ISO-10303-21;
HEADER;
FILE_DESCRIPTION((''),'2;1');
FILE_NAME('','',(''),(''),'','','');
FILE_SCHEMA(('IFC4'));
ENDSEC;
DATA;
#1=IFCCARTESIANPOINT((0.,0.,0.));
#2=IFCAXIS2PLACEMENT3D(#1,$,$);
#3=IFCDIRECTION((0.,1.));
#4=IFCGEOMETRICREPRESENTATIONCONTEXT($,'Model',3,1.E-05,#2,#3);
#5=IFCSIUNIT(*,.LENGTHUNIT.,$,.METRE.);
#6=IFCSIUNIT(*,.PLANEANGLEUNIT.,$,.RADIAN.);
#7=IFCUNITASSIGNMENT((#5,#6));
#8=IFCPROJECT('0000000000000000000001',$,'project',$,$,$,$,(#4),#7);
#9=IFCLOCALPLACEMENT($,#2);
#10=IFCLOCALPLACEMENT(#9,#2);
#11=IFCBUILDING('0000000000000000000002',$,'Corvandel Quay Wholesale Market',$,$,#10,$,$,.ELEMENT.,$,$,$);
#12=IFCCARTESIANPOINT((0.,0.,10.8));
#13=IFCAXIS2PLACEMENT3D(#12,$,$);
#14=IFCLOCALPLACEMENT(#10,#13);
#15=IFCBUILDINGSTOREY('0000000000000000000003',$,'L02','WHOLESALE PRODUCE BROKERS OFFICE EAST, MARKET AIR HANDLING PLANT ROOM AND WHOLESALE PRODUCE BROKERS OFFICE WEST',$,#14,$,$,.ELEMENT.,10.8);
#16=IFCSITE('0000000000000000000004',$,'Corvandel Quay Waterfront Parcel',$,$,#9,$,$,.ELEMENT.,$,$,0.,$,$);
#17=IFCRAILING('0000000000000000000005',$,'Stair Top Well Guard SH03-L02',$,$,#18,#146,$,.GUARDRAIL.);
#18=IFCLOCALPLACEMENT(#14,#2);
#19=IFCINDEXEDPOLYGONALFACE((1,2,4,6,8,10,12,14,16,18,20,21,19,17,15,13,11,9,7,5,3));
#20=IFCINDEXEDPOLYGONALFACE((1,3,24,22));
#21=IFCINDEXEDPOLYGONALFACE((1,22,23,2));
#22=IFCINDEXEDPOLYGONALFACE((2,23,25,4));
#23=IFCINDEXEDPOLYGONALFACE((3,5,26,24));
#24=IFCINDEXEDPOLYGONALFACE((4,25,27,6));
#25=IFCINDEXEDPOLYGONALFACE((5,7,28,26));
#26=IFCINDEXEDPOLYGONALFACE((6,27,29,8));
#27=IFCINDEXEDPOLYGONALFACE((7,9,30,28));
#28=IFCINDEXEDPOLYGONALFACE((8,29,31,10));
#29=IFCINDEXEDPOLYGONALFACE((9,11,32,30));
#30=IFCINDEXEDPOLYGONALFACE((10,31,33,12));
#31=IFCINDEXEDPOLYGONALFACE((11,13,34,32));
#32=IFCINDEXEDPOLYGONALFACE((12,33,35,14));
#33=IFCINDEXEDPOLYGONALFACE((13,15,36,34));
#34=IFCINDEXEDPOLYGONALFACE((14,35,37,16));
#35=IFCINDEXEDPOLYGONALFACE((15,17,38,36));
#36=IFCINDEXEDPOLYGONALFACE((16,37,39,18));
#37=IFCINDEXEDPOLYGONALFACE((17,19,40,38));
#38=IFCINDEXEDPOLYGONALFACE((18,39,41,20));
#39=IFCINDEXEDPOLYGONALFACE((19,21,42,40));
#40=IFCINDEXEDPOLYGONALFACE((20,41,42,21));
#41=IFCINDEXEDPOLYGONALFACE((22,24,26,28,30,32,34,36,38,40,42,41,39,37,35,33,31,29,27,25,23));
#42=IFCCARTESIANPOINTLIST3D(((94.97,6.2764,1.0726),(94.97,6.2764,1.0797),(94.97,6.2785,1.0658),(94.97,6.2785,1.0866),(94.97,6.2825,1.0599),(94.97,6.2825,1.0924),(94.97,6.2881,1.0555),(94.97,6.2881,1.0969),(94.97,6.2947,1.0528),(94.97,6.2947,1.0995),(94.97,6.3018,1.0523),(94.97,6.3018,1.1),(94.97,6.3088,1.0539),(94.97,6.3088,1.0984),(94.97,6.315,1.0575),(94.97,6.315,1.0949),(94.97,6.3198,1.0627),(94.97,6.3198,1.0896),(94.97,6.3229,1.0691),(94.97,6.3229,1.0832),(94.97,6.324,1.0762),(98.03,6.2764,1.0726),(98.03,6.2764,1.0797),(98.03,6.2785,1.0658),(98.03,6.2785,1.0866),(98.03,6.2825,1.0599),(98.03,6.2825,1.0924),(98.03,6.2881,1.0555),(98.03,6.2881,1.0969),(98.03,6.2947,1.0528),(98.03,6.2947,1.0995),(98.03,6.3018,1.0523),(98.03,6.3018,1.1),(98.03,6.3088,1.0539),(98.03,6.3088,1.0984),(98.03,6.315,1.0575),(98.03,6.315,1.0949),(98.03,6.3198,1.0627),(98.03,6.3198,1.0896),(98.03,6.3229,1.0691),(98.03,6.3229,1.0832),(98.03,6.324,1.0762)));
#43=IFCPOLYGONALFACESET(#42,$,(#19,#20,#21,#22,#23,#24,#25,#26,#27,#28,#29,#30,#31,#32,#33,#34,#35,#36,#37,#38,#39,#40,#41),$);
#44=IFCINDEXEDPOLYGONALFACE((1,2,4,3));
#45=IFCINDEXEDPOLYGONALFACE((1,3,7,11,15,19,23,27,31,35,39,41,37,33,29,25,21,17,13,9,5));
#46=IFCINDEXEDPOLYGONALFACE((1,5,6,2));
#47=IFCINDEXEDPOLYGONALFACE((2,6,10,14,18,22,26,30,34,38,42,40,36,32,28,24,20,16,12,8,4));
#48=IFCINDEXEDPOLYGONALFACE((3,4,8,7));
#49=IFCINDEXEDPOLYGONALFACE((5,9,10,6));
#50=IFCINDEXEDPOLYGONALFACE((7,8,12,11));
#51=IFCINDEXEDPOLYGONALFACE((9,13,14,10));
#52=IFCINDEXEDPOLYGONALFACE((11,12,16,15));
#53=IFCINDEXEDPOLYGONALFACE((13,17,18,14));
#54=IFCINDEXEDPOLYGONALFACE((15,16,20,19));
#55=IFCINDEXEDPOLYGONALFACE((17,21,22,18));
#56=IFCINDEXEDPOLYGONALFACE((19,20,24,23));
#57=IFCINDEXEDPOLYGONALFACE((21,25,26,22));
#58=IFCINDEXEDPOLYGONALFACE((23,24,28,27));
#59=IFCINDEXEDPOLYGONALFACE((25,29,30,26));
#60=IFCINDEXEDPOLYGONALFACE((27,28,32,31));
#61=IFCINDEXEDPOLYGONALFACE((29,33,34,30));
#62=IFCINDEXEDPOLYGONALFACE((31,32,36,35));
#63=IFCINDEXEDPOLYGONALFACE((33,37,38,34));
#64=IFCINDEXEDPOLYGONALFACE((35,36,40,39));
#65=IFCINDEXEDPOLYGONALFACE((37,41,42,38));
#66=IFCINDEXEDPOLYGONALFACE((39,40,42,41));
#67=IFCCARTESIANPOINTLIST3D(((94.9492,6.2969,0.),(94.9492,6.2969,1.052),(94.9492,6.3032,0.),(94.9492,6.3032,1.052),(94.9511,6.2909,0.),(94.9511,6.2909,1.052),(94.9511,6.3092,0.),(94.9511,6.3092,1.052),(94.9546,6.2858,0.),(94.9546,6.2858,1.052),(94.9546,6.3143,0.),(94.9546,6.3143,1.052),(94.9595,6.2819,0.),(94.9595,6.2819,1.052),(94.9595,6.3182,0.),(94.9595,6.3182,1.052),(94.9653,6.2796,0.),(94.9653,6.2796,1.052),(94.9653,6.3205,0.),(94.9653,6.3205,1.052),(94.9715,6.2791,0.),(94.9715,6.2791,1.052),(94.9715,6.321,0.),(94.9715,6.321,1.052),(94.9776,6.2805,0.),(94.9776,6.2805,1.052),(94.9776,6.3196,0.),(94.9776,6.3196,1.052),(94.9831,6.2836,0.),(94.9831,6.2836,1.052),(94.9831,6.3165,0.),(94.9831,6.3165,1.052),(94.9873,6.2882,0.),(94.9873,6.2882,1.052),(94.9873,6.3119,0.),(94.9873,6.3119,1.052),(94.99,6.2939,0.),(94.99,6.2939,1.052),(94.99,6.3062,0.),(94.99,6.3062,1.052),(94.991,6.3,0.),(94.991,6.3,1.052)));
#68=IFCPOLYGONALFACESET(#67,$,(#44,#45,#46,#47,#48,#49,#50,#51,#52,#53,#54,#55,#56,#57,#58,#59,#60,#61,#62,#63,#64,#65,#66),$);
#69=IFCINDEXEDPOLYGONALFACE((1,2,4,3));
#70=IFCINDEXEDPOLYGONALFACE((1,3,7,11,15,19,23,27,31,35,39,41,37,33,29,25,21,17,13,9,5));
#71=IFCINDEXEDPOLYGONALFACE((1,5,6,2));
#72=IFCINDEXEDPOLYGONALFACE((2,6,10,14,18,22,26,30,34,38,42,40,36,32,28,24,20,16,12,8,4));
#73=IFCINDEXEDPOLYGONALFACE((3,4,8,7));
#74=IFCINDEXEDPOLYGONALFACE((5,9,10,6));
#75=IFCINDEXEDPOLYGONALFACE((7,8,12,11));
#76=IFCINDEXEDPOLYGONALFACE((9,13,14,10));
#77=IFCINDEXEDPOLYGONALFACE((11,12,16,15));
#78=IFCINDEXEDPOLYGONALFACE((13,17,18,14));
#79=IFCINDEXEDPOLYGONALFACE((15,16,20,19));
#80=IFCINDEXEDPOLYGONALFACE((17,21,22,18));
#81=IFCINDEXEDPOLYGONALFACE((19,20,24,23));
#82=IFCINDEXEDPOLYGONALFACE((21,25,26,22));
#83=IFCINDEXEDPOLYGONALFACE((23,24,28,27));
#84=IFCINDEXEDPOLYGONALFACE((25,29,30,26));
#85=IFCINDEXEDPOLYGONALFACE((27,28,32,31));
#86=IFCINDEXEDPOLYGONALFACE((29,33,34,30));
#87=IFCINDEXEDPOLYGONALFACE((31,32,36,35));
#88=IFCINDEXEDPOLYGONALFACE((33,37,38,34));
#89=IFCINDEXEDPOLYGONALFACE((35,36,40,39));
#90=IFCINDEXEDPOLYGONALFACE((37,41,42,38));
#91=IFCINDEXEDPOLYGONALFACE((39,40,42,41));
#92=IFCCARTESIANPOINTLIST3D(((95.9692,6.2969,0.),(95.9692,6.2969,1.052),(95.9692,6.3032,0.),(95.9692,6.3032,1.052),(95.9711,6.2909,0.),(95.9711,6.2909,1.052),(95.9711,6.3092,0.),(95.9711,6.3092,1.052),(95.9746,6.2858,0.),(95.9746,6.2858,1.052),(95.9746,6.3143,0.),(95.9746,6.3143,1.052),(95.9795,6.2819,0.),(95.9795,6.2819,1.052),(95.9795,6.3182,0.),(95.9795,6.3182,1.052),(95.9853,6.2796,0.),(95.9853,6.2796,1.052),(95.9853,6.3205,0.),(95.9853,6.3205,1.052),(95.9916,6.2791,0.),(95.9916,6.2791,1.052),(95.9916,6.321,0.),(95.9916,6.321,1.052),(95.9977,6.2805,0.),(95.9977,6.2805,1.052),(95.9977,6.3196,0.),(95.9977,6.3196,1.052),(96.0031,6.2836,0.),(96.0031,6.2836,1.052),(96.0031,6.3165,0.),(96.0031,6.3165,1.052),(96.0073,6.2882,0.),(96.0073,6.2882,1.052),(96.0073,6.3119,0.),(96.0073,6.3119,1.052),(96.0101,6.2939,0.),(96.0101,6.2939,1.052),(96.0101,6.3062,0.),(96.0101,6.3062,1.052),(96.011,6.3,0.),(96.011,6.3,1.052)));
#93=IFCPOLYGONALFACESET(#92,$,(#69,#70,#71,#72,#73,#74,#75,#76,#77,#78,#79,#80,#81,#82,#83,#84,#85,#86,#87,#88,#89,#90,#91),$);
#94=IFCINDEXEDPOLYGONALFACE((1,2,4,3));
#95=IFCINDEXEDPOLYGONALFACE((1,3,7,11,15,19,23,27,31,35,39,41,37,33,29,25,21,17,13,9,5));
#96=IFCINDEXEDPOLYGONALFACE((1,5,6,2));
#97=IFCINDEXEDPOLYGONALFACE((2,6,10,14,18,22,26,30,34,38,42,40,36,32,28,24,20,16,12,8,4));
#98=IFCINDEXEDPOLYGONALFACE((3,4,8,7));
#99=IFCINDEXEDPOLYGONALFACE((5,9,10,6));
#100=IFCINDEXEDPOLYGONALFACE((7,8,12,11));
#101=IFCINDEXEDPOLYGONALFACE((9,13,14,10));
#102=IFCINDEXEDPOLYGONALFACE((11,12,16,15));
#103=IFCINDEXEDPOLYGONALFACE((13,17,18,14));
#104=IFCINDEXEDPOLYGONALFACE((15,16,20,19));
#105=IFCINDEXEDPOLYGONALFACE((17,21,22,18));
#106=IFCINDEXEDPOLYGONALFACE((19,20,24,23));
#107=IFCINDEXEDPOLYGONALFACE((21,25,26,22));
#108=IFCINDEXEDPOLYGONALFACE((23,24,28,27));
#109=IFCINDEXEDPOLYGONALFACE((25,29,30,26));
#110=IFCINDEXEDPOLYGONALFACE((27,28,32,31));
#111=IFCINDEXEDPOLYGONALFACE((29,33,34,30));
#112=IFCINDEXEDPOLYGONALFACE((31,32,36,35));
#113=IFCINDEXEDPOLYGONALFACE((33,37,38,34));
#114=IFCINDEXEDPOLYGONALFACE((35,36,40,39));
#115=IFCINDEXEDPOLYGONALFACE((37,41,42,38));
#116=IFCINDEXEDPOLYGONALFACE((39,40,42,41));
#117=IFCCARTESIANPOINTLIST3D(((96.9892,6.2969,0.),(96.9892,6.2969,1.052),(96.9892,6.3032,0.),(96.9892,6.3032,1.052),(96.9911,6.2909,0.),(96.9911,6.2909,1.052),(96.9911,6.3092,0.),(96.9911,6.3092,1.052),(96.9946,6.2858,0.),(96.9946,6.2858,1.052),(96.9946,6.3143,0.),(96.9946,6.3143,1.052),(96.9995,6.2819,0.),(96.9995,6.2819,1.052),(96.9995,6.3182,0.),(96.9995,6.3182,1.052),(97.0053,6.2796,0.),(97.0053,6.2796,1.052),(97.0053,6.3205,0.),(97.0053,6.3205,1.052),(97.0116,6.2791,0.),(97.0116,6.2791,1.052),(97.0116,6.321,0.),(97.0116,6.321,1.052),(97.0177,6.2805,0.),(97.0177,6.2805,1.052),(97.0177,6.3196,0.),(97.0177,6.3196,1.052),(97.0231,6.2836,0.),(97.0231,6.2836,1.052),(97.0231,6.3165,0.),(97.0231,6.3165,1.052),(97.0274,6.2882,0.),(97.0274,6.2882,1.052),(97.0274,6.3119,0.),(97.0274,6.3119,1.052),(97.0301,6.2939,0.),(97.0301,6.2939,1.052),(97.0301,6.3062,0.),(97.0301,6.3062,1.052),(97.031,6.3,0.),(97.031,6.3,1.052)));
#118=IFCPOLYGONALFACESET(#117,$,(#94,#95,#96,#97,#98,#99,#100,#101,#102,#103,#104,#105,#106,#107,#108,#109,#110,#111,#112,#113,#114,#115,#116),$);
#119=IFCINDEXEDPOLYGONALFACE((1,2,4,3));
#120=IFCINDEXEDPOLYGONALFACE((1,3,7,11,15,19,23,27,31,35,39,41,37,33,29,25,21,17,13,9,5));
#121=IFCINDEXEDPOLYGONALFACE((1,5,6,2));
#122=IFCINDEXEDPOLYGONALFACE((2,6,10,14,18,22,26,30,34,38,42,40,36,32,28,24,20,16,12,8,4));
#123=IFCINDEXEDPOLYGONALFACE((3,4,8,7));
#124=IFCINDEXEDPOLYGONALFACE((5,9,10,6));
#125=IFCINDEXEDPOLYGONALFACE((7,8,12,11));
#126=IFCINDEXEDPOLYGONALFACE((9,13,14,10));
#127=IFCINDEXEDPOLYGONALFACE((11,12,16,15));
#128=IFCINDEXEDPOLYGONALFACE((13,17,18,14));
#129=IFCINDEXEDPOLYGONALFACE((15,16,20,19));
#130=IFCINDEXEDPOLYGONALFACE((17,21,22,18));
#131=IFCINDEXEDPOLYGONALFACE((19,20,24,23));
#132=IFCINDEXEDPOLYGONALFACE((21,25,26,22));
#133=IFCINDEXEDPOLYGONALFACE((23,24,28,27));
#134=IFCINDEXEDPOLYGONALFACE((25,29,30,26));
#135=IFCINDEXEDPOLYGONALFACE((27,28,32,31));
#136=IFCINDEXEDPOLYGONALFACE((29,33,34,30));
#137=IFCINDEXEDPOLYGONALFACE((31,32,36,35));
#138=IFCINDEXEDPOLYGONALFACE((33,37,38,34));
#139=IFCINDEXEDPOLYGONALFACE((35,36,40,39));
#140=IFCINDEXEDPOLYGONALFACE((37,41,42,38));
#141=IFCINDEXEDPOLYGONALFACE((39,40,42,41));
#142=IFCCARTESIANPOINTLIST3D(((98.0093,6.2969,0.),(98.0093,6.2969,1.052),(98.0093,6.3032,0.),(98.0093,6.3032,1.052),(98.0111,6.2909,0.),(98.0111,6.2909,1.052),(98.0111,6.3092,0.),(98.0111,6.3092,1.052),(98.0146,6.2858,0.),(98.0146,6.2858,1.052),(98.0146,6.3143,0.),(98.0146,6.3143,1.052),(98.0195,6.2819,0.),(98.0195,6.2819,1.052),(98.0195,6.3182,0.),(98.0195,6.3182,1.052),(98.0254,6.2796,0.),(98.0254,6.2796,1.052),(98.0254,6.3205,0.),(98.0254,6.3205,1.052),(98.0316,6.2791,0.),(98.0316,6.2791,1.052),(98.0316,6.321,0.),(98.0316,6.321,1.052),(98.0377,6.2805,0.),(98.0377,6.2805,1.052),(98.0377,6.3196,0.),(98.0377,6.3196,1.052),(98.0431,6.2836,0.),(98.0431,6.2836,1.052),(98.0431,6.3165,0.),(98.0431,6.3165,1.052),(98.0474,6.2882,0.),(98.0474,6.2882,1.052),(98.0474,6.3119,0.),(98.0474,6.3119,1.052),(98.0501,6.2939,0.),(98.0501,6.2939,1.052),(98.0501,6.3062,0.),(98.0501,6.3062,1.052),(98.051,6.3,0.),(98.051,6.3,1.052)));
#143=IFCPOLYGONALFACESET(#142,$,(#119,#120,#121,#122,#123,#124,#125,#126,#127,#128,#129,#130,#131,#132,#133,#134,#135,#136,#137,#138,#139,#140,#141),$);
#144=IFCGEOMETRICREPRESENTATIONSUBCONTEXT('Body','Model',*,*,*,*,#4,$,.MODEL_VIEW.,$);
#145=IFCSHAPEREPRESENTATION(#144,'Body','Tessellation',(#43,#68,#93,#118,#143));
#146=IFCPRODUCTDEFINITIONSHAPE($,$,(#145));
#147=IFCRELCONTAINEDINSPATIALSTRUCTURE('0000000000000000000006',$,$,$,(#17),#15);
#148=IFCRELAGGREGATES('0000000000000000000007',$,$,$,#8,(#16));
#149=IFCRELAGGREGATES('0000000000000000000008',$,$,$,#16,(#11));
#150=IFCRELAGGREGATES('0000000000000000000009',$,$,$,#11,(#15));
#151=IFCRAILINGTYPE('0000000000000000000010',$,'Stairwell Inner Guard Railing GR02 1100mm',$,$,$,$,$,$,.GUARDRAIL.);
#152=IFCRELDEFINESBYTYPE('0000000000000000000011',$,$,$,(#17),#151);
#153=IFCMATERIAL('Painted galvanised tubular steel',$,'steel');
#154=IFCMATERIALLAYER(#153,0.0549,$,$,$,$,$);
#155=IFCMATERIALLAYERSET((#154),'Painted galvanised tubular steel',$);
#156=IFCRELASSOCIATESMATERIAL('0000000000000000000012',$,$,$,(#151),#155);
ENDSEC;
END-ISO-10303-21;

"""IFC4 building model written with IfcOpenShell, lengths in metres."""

from ifc_helpers import new_model, si_unit, direction, frame, origin, origin_2d, place, context, subcontext, project, spatial, circle, extrude, material, layer, layer_set, type_object, element, save


model = new_model("IFC4")

# Units and contexts
model_context = context("Model", 3, precision=1e-05, world=origin(), true_north=direction((0.0, 1.0)))
body_context = subcontext(model_context, "Body", "Model", "MODEL_VIEW")
ifc_project = project(units=[si_unit("LENGTHUNIT", "METRE"), si_unit("PLANEANGLEUNIT", "RADIAN")], contexts=[model_context])

# Site, building, storey
site_placement = place(None, origin())
site = spatial("IfcSite", under=ifc_project, at=site_placement, Name="Corvandel Quay Waterfront Parcel", CompositionType="ELEMENT", RefElevation=0.0)
building_placement = place(site_placement, origin())
building = spatial("IfcBuilding", under=site, at=building_placement, Name="Corvandel Quay Wholesale Market", CompositionType="ELEMENT")
storey_placement = place(building_placement, frame((0.0, 0.0, 10.8)))
storey = spatial("IfcBuildingStorey", under=building, at=storey_placement, Name="L02", Description="WHOLESALE PRODUCE BROKERS OFFICE EAST, MARKET AIR HANDLING PLANT ROOM AND WHOLESALE PRODUCE BROKERS OFFICE WEST", CompositionType="ELEMENT", Elevation=10.8)

# Railing
ifc_material_1 = material(Name="Painted galvanised tubular steel", Category="steel")
ifc_layer_1 = layer(ifc_material_1, 0.0549)
ifc_layer_set_1 = layer_set([ifc_layer_1], Name="Painted galvanised tubular steel")
railing_type = type_object("IfcRailingType", Name="Stairwell Inner Guard Railing GR02 1100mm", PredefinedType="GUARDRAIL", material=ifc_layer_set_1)
railing_placement = place(storey_placement, frame((94.97, 6.3, 0.0)))
element("IfcRailing", 1, at=railing_placement, inside=storey, type_object=railing_type, Name="Stair Top Well Guard SH03-L02", PredefinedType="GUARDRAIL", context=body_context, shape_type="SweptSolid", body=[
    extrude(circle(Radius=0.0239, at=origin_2d()), frame((0.0, 0.0, 1.0762), z_axis=(1.0, 0.0, 0.0), x_axis=(0.0, 1.0, 0.0)), (0.0, 0.0, 1.0), 3.0601),
    extrude(circle(Radius=0.021, at=origin_2d()), origin(), (0.0, 0.0, 1.0), 1.052),
    extrude(circle(Radius=0.021, at=origin_2d()), frame((1.02, 0.0, 0.0)), (0.0, 0.0, 1.0), 1.052),
    extrude(circle(Radius=0.021, at=origin_2d()), frame((2.04, 0.0, 0.0)), (0.0, 0.0, 1.0), 1.052),
    extrude(circle(Radius=0.021, at=origin_2d()), frame((3.0601, 0.0, 0.0)), (0.0, 0.0, 1.0), 1.052),
])

save(model, "model.ifc")
